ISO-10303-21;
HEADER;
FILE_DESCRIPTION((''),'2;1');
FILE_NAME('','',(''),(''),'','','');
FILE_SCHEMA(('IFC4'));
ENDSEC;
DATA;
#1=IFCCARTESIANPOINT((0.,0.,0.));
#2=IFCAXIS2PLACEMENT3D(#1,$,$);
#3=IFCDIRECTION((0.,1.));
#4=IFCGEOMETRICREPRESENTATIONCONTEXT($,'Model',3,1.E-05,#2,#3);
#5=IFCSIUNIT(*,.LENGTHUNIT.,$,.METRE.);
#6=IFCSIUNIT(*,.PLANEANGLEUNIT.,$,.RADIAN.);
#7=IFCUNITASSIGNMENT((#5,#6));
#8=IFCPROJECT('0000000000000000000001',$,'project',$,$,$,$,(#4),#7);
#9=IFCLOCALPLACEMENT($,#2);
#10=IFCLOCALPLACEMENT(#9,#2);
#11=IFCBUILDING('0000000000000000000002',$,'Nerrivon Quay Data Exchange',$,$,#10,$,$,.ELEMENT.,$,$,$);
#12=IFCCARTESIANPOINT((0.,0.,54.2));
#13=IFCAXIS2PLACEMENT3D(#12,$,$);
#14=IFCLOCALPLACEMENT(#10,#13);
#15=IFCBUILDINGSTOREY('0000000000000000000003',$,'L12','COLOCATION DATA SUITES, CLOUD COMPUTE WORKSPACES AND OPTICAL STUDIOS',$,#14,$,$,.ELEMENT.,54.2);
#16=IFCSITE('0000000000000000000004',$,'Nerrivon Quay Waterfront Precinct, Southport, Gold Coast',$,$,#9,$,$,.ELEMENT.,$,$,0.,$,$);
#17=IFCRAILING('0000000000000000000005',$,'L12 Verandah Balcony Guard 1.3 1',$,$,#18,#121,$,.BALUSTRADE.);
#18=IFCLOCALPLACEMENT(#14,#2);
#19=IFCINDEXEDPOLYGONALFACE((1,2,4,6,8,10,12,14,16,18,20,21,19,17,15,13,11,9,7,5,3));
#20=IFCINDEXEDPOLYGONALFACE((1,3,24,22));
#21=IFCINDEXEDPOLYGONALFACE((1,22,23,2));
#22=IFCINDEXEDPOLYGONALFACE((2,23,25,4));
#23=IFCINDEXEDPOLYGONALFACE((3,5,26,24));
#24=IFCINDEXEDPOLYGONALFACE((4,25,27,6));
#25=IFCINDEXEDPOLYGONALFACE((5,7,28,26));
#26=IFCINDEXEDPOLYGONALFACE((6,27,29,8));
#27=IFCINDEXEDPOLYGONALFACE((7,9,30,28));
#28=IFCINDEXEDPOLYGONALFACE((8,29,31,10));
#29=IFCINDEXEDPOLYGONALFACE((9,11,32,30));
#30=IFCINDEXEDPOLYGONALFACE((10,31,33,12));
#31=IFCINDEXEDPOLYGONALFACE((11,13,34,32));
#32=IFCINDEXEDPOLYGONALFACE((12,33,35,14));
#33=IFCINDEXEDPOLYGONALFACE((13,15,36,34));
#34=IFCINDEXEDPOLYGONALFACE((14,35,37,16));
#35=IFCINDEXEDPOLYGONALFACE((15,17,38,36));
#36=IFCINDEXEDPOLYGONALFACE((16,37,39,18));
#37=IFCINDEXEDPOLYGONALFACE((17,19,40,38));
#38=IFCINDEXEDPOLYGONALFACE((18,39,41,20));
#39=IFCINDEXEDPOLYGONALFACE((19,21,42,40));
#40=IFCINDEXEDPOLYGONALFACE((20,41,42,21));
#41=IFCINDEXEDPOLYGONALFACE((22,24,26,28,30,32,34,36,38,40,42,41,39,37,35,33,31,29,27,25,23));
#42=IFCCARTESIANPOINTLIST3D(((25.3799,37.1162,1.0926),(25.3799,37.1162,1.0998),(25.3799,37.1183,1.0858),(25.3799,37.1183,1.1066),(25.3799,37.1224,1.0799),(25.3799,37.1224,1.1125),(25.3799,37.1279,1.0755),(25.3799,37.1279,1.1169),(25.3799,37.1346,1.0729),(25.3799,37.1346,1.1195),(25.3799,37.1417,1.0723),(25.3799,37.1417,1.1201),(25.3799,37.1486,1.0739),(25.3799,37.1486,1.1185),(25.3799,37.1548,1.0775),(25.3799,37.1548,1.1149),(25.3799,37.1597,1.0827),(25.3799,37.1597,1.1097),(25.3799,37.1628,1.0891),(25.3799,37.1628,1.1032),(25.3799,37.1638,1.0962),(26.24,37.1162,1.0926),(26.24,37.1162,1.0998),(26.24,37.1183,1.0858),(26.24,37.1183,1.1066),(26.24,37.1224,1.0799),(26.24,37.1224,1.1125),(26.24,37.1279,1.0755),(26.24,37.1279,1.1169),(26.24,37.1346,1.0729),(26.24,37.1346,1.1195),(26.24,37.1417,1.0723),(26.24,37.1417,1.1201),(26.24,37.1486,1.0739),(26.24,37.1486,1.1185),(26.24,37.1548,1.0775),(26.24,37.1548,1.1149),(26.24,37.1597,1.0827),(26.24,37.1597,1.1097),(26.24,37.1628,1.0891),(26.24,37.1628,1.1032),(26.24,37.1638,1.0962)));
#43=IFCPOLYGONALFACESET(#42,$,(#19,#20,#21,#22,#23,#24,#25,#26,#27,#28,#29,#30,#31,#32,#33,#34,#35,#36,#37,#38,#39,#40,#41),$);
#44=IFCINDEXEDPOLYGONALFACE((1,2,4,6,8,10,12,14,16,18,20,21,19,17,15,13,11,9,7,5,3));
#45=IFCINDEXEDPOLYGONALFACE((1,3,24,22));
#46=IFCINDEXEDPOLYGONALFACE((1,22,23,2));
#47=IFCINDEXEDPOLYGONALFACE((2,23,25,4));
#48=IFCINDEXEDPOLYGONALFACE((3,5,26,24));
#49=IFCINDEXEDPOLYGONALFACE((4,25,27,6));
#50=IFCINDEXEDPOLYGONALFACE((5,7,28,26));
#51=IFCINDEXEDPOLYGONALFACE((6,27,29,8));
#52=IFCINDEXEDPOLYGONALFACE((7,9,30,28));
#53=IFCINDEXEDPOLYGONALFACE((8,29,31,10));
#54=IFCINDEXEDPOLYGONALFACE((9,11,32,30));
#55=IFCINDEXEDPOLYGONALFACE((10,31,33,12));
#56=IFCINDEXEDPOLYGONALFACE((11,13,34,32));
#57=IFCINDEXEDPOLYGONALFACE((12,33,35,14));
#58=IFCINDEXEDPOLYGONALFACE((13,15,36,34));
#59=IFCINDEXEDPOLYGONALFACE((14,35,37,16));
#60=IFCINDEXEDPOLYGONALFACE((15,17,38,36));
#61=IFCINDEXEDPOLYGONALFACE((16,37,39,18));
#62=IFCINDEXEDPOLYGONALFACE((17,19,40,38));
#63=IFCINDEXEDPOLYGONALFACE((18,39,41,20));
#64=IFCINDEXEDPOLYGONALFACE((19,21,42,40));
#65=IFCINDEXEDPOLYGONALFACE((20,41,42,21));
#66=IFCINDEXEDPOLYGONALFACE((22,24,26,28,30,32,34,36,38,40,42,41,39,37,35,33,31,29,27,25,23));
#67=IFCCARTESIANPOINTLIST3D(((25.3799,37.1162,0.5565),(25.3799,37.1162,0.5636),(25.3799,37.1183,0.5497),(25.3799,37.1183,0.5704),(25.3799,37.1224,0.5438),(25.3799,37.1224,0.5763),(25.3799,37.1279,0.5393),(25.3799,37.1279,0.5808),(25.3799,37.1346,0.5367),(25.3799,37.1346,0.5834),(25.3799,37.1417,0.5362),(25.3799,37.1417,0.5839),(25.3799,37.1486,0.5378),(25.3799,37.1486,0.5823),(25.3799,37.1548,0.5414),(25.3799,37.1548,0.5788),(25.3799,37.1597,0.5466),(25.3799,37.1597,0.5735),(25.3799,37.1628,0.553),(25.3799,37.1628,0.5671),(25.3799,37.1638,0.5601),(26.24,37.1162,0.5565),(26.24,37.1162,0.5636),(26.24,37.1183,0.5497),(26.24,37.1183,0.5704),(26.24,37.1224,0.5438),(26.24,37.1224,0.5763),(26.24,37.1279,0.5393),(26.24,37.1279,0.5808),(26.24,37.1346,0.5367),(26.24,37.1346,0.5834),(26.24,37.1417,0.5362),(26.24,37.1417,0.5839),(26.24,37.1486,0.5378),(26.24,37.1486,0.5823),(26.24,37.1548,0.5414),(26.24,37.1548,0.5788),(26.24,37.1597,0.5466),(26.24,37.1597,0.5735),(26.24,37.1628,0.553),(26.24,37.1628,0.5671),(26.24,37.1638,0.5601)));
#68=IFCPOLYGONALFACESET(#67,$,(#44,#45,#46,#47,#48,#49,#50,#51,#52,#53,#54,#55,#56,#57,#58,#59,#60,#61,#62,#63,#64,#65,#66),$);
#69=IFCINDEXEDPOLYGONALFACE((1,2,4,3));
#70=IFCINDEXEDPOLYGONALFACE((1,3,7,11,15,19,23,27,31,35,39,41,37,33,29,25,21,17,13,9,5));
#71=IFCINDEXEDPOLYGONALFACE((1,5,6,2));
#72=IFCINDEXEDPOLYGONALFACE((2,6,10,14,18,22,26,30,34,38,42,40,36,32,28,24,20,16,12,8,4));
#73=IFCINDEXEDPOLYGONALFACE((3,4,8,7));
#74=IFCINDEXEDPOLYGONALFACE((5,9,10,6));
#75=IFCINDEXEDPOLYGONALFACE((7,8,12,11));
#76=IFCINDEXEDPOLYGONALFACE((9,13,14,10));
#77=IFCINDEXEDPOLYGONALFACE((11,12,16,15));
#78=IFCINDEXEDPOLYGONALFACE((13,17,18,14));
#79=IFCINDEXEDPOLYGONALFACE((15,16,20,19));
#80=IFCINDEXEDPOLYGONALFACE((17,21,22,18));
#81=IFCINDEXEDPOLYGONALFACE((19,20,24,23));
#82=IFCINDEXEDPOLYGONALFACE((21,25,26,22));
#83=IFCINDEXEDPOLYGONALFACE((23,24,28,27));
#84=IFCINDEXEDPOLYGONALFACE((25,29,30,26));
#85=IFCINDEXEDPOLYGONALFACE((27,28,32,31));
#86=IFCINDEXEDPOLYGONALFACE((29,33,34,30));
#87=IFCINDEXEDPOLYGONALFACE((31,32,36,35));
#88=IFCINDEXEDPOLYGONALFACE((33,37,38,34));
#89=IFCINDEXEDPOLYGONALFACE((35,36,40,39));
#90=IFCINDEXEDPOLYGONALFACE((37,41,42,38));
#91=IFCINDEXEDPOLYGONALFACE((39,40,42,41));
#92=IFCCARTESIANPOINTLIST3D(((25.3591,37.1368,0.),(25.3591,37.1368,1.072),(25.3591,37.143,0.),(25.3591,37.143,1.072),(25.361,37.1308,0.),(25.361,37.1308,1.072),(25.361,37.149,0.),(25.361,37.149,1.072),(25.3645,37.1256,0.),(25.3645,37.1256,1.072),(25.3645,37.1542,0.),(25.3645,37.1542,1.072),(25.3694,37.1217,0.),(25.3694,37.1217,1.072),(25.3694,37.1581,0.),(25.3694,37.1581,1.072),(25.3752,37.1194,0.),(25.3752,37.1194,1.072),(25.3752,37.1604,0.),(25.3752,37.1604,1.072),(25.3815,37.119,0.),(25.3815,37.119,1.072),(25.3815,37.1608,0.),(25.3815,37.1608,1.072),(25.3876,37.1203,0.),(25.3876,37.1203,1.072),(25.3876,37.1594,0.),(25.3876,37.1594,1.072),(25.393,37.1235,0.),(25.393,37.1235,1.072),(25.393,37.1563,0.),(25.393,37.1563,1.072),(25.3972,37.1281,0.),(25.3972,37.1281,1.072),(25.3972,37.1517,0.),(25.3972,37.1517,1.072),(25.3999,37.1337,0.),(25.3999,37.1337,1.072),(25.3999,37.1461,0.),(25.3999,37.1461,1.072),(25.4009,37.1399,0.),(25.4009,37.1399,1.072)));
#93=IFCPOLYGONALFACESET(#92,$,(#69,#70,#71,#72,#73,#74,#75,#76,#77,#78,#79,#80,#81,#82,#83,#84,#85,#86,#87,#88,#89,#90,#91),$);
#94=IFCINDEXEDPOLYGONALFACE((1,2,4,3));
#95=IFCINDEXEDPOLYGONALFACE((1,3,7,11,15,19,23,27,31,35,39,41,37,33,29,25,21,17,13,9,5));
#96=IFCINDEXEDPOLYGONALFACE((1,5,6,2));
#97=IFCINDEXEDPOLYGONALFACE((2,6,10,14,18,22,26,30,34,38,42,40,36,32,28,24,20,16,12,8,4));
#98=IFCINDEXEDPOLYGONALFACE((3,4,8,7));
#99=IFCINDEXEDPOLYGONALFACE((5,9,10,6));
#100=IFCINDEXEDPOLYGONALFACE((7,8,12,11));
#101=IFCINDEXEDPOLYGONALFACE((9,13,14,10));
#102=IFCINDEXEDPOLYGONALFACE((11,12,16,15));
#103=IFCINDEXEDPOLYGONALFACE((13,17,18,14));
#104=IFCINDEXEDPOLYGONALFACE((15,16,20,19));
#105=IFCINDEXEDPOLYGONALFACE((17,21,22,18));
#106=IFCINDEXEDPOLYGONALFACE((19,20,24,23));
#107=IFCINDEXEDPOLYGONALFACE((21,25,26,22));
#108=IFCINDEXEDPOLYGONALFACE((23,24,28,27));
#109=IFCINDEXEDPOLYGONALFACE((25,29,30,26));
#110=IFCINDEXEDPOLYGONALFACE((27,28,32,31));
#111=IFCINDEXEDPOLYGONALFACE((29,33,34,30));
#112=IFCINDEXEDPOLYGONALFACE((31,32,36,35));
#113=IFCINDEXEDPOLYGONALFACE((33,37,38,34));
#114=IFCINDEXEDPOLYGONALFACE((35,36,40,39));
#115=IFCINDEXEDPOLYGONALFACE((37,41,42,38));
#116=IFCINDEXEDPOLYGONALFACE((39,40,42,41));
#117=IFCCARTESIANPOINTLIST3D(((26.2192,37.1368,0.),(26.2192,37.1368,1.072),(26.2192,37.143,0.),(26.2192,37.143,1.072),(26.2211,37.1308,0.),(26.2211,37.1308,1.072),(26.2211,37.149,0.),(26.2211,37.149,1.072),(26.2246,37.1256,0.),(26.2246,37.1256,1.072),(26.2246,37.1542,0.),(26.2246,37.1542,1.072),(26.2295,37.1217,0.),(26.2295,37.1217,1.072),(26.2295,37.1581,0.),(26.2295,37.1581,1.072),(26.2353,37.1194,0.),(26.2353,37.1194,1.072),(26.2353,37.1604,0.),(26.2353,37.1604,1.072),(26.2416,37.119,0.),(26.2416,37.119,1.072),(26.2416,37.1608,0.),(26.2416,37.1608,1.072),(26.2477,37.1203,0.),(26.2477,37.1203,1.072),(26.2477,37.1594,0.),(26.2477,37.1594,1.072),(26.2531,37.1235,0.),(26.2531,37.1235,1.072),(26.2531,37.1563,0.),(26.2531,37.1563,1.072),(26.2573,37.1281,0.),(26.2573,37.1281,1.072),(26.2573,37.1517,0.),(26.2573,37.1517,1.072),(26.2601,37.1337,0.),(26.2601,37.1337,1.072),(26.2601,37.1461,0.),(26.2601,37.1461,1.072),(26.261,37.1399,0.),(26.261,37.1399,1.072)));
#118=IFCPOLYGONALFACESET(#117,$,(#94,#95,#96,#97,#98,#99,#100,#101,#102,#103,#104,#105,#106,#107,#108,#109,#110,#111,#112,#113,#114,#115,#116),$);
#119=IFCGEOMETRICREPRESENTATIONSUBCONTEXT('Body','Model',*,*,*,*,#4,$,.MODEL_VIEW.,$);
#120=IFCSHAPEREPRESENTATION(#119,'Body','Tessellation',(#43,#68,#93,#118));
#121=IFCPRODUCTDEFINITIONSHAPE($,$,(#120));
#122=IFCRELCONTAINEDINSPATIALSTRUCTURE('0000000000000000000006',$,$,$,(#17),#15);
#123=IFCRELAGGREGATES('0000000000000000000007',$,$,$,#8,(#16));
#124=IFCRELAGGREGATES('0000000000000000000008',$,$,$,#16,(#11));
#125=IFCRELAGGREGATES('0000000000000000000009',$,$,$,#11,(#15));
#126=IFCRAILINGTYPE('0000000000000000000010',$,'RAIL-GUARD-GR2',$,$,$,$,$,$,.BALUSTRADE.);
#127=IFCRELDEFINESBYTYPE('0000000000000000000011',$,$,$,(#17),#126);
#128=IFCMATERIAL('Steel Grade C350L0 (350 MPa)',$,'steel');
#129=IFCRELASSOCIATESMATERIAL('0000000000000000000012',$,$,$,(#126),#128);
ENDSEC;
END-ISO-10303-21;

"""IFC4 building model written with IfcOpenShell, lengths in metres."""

from ifc_helpers import new_model, si_unit, direction, frame, origin, origin_2d, place, context, subcontext, project, spatial, circle, extrude, material, type_object, element, save


model = new_model("IFC4")

# Units and contexts
model_context = context("Model", 3, precision=1e-05, world=origin(), true_north=direction((0.0, 1.0)))
body_context = subcontext(model_context, "Body", "Model", "MODEL_VIEW")
ifc_project = project(units=[si_unit("LENGTHUNIT", "METRE"), si_unit("PLANEANGLEUNIT", "RADIAN")], contexts=[model_context])

# Site, building, storey
site_placement = place(None, origin())
site = spatial("IfcSite", under=ifc_project, at=site_placement, Name="Nerrivon Quay Waterfront Precinct, Southport, Gold Coast", CompositionType="ELEMENT", RefElevation=0.0)
building_placement = place(site_placement, origin())
building = spatial("IfcBuilding", under=site, at=building_placement, Name="Nerrivon Quay Data Exchange", CompositionType="ELEMENT")
storey_placement = place(building_placement, frame((0.0, 0.0, 54.2)))
storey = spatial("IfcBuildingStorey", under=building, at=storey_placement, Name="L12", Description="COLOCATION DATA SUITES, CLOUD COMPUTE WORKSPACES AND OPTICAL STUDIOS", CompositionType="ELEMENT", Elevation=54.2)

# Railing
ifc_material_1 = material(Name="Steel Grade C350L0 (350 MPa)", Category="steel")
railing_type = type_object("IfcRailingType", Name="RAIL-GUARD-GR2", PredefinedType="BALUSTRADE", material=ifc_material_1)
railing_1_placement = place(storey_placement, frame((25.3799, 37.1399, 0.0)))
element("IfcRailing", 1, at=railing_1_placement, inside=storey, type_object=railing_type, Name="L12 Verandah Balcony Guard 1.3 1", PredefinedType="BALUSTRADE", context=body_context, shape_type="SweptSolid", body=[
    extrude(circle(Radius=0.0239, at=origin_2d()), frame((0.0, 0.0, 1.0962), z_axis=(1.0, 0.0, 0.0), x_axis=(0.0, 1.0, 0.0)), (0.0, 0.0, 1.0), 0.8601),
    extrude(circle(Radius=0.0239, at=origin_2d()), frame((0.0, 0.0, 0.5601), z_axis=(1.0, 0.0, 0.0), x_axis=(0.0, 1.0, 0.0)), (0.0, 0.0, 1.0), 0.8601),
    extrude(circle(Radius=0.021, at=origin_2d()), origin(), (0.0, 0.0, 1.0), 1.072),
    extrude(circle(Radius=0.021, at=origin_2d()), frame((0.8601, 0.0, 0.0)), (0.0, 0.0, 1.0), 1.072),
])

save(model, "model.ifc")
